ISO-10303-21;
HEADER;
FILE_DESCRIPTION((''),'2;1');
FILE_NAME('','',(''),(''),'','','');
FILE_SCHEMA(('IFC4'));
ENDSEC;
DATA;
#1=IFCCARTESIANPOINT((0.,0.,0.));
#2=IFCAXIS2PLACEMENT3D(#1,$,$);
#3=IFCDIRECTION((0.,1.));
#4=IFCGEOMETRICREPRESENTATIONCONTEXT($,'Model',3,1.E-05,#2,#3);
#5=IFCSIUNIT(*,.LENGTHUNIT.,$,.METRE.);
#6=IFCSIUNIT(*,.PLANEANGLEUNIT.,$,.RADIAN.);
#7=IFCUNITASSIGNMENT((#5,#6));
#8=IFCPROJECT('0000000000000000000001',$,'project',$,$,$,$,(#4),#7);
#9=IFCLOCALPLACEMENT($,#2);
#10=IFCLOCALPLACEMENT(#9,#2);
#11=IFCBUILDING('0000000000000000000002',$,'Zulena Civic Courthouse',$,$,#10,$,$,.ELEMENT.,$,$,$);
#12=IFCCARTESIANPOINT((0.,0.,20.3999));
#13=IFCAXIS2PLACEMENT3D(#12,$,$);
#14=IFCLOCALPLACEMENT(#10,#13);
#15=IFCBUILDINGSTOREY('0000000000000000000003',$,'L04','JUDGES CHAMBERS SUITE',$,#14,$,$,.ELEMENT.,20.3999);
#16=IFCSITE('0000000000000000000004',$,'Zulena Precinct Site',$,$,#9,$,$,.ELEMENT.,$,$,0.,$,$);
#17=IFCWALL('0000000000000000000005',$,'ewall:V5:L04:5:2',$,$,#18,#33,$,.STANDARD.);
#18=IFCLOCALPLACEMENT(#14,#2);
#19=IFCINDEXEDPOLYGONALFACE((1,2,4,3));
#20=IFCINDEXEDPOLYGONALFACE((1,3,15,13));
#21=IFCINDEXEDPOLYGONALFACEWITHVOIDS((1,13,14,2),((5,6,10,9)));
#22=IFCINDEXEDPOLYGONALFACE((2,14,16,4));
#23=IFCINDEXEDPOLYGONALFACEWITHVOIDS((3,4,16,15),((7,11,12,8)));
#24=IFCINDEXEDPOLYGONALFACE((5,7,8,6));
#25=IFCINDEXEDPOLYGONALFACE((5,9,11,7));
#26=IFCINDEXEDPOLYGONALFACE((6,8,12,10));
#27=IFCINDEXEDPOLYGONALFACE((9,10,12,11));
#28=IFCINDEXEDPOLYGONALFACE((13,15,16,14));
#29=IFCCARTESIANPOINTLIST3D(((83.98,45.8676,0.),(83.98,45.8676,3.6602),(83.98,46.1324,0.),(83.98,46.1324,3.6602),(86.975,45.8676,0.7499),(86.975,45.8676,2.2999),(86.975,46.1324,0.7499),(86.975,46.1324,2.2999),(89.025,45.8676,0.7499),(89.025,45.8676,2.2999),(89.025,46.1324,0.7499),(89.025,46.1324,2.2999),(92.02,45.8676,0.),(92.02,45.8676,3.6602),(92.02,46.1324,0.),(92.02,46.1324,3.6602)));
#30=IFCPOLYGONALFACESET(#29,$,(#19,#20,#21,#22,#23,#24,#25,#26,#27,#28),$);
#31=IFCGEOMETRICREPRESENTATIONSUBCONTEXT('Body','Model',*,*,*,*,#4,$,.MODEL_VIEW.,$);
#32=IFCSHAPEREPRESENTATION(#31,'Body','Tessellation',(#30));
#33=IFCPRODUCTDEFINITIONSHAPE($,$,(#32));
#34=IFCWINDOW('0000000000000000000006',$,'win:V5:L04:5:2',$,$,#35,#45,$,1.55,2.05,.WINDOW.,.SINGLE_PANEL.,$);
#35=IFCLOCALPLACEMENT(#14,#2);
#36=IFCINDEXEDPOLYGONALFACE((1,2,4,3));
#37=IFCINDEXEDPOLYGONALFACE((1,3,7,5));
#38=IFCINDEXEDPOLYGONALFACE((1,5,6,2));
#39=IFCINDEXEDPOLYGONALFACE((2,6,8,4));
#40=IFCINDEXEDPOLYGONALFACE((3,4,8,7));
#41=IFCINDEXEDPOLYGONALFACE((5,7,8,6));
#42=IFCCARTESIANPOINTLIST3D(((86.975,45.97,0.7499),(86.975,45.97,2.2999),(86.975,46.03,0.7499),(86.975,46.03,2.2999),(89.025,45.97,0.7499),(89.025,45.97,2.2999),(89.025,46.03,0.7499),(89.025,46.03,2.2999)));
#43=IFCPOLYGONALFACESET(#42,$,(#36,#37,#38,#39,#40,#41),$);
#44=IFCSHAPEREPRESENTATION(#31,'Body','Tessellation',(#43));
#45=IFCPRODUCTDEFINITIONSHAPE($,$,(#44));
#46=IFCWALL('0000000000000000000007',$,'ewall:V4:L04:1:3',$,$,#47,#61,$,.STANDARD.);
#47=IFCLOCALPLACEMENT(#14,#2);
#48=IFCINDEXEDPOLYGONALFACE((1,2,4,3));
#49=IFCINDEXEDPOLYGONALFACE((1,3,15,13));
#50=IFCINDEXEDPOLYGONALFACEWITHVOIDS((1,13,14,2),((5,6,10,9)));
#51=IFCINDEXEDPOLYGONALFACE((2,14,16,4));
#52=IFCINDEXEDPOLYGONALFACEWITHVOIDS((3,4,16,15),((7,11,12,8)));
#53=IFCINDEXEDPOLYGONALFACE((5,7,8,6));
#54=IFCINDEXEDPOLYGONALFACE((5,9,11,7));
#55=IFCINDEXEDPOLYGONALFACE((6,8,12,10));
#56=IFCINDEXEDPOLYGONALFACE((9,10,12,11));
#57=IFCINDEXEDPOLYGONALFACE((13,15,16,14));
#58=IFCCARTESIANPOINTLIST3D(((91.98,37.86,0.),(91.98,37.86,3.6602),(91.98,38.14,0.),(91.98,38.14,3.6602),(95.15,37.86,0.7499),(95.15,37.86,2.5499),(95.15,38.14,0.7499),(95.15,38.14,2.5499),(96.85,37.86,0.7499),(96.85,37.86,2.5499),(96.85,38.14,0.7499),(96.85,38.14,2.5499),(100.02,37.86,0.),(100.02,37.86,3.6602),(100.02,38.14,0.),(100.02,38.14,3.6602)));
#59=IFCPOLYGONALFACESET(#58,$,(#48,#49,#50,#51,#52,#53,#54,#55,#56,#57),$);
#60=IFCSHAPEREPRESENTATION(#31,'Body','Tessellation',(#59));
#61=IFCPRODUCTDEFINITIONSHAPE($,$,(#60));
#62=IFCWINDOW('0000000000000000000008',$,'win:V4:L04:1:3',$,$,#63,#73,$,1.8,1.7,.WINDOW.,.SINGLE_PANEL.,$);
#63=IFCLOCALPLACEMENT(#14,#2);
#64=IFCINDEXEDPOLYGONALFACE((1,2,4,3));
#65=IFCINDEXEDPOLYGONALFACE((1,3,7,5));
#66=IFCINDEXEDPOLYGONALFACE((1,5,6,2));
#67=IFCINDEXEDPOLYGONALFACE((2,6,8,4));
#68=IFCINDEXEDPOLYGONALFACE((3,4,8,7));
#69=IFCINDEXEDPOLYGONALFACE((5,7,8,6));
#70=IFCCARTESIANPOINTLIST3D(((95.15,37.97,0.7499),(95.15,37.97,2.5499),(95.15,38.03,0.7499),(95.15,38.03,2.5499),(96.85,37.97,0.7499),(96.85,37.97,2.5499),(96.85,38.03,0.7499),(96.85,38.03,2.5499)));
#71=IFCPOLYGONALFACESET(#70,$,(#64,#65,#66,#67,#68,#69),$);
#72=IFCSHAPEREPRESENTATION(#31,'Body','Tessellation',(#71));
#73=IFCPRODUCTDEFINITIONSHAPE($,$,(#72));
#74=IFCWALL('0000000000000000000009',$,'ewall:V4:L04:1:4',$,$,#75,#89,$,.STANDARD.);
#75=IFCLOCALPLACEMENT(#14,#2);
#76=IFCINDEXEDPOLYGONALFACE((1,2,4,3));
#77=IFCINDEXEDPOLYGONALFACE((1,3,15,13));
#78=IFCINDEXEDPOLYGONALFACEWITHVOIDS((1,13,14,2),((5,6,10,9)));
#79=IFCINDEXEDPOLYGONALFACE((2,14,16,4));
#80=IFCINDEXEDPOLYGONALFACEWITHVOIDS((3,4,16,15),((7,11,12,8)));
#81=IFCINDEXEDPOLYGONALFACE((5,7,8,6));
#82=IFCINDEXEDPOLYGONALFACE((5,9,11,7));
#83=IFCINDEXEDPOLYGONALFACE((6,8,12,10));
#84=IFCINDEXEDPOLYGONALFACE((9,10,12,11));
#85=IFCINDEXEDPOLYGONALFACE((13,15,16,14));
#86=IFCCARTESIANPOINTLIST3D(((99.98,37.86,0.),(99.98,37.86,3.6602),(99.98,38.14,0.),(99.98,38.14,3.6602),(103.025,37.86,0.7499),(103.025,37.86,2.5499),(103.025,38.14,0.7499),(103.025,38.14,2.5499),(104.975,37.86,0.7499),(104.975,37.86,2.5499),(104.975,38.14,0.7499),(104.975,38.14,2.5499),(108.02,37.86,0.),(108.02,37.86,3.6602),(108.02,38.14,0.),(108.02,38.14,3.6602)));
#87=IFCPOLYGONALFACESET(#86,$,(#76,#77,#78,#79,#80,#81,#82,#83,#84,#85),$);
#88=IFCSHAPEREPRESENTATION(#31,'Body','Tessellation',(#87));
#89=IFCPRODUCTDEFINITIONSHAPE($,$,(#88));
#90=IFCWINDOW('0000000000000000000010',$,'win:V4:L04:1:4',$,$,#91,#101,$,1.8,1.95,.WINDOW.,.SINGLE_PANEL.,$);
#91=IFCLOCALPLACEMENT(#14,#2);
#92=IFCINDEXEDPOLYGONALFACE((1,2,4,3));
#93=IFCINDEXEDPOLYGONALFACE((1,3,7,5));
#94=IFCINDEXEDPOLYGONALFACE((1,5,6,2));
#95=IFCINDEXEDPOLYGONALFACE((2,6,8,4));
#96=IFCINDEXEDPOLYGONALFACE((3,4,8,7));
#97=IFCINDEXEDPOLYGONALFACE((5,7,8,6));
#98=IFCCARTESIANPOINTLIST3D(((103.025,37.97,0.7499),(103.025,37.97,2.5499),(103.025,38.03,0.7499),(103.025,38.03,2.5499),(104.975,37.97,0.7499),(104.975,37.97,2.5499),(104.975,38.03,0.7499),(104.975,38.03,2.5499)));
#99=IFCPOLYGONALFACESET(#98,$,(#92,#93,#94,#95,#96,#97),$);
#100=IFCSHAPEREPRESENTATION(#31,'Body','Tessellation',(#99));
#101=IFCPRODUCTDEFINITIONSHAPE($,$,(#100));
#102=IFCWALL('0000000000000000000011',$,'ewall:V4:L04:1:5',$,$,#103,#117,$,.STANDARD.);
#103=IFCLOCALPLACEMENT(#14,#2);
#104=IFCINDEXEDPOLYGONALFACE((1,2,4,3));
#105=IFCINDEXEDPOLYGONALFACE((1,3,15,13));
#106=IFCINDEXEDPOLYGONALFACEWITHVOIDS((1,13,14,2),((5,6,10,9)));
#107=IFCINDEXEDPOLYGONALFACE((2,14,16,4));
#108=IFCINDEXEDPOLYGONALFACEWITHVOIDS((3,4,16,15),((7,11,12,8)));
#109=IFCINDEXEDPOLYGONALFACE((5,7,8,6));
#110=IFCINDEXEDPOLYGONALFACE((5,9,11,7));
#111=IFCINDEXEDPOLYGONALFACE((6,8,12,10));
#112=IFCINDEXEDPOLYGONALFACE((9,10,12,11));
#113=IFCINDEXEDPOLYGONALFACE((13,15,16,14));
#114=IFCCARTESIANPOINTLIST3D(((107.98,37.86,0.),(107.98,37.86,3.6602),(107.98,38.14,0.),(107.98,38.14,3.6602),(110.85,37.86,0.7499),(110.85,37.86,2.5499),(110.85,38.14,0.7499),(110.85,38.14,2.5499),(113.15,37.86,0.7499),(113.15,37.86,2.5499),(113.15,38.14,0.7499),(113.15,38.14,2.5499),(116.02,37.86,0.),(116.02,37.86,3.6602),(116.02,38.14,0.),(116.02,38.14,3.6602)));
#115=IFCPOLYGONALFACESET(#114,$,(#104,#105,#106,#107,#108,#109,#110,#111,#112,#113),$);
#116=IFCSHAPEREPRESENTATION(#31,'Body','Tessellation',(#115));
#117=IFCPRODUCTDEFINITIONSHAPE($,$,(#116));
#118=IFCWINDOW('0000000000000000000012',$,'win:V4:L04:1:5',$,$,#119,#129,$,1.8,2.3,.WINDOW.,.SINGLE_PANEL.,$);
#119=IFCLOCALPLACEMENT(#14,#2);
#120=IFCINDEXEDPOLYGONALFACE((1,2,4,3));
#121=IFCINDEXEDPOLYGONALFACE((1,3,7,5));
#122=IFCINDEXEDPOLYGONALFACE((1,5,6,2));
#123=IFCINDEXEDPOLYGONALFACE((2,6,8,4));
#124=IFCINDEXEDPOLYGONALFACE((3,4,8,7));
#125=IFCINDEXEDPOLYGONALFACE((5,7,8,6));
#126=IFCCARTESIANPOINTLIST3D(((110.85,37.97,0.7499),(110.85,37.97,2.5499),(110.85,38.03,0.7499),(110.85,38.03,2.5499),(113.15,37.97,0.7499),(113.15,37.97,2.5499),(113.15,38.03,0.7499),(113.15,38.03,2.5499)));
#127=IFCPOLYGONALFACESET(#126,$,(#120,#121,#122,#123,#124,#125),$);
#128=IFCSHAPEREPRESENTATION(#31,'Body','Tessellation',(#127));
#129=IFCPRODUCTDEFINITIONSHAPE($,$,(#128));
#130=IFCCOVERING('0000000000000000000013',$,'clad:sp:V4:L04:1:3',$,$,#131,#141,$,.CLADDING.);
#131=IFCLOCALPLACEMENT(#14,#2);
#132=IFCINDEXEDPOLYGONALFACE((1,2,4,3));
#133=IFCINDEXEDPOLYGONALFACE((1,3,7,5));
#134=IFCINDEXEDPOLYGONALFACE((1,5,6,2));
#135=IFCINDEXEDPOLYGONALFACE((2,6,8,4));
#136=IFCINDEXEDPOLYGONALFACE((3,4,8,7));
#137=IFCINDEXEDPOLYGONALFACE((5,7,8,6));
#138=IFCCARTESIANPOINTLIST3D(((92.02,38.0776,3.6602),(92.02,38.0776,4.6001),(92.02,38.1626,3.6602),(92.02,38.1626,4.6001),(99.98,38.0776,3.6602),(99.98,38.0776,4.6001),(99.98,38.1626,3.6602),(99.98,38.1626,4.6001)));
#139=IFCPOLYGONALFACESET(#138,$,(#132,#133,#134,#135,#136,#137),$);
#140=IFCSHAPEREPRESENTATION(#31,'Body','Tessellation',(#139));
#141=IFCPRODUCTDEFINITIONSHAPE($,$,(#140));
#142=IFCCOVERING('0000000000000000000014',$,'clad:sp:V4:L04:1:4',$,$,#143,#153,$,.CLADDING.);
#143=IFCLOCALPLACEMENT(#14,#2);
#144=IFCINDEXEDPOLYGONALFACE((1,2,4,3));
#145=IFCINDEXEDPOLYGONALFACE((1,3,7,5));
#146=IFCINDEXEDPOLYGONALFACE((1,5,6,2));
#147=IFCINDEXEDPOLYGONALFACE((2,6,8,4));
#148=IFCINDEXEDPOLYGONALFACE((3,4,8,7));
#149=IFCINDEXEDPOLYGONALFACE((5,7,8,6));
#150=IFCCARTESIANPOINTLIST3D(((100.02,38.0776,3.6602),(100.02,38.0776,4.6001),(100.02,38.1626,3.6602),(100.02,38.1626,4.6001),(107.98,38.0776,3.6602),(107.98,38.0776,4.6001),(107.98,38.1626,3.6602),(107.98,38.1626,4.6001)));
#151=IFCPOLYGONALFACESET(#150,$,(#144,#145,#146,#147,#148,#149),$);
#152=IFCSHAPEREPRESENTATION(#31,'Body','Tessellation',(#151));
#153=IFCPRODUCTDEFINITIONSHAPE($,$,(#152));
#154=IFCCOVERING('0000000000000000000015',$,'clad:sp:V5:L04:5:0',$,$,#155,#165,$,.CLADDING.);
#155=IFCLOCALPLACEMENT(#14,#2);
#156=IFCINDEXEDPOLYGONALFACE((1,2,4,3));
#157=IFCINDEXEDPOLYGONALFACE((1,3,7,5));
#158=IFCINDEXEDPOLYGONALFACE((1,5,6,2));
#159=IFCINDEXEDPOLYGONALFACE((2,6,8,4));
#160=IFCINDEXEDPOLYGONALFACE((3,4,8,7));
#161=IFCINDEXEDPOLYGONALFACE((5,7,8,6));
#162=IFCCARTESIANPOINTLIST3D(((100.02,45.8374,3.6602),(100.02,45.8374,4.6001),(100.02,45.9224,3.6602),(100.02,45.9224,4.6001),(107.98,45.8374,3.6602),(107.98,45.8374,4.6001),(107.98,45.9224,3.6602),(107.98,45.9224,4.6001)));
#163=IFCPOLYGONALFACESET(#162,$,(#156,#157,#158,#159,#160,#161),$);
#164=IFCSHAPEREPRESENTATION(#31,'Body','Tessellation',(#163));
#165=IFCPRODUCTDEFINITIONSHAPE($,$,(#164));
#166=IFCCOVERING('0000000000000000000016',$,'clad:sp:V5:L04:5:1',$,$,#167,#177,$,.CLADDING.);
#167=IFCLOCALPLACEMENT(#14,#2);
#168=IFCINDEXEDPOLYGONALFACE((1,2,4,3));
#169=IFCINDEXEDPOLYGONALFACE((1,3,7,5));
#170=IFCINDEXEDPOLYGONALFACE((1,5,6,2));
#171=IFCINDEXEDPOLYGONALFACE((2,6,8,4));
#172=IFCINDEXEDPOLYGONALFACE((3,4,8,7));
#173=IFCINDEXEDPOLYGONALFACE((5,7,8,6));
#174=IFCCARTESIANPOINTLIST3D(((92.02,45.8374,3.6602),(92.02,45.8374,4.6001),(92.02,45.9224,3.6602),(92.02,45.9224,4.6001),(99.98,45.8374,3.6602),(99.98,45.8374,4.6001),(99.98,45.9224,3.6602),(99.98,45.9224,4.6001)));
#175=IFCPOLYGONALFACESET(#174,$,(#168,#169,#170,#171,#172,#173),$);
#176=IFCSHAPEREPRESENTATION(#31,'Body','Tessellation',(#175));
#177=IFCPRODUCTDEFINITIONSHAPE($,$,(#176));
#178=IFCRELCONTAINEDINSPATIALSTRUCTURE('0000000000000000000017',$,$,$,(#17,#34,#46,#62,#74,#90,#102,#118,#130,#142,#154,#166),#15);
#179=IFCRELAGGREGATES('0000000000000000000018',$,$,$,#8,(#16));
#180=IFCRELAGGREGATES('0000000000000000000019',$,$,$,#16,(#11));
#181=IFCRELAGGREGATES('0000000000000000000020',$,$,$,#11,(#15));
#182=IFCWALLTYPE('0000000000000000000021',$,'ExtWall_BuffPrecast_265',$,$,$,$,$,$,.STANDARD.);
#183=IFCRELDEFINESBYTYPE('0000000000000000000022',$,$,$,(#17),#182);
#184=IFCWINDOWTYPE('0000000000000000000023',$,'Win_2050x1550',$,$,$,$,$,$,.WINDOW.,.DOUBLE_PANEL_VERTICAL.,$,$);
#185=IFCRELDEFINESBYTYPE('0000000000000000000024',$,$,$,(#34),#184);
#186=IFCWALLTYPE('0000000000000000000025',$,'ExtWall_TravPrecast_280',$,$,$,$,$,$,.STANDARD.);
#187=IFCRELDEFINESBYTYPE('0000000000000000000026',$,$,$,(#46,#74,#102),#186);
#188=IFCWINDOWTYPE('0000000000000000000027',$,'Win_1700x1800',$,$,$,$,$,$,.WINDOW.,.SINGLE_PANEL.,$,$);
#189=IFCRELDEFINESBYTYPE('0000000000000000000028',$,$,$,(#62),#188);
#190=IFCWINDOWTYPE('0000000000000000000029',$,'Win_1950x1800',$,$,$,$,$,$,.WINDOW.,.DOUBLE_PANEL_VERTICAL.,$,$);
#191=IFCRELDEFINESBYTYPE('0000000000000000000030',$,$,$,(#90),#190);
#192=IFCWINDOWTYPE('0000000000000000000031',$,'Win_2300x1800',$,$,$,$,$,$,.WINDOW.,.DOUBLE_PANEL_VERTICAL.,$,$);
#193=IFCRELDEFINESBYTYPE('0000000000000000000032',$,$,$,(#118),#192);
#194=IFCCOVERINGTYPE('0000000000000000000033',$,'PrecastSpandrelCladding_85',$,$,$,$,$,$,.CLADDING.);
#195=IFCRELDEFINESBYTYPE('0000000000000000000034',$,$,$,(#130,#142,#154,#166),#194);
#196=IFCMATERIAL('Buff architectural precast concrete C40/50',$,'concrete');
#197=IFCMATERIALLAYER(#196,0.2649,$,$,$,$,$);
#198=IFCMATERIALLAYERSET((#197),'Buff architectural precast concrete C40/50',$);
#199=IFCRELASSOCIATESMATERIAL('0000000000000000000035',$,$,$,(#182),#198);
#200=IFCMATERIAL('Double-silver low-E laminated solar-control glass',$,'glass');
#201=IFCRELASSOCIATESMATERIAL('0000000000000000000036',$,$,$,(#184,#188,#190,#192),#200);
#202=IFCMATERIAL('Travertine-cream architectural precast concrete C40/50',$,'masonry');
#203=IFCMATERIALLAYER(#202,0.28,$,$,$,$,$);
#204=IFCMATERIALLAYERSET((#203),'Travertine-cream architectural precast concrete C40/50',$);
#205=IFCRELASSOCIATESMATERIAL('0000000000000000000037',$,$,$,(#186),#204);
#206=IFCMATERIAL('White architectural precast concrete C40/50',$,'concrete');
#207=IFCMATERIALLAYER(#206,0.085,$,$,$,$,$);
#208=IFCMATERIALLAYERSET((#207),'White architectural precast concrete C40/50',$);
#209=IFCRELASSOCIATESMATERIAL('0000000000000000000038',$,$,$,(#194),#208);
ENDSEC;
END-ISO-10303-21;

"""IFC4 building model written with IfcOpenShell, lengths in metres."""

from ifc_helpers import new_model, si_unit, direction, frame, frame_2d, origin, origin_2d, place, context, subcontext, project, spatial, rectangle, extrude, material, layer, layer_set, type_object, element, fill, save


model = new_model("IFC4")

# Units and contexts
model_context = context("Model", 3, precision=1e-05, world=origin(), true_north=direction((0.0, 1.0)))
body_context = subcontext(model_context, "Body", "Model", "MODEL_VIEW")
ifc_project = project(units=[si_unit("LENGTHUNIT", "METRE"), si_unit("PLANEANGLEUNIT", "RADIAN")], contexts=[model_context])

# Site, building, storey
site_placement = place(None, origin())
site = spatial("IfcSite", under=ifc_project, at=site_placement, Name="Zulena Precinct Site", CompositionType="ELEMENT", RefElevation=0.0)
building_placement = place(site_placement, origin())
building = spatial("IfcBuilding", under=site, at=building_placement, Name="Zulena Civic Courthouse", CompositionType="ELEMENT")
storey_placement = place(building_placement, frame((0.0, 0.0, 20.3999)))
storey = spatial("IfcBuildingStorey", under=building, at=storey_placement, Name="L04", Description="JUDGES CHAMBERS SUITE", CompositionType="ELEMENT", Elevation=20.3999)

# Walls, openings, windows
ifc_material_1 = material(Name="Buff architectural precast concrete C40/50", Category="concrete")
ifc_layer_1 = layer(ifc_material_1, 0.2649)
ifc_layer_set_1 = layer_set([ifc_layer_1], Name="Buff architectural precast concrete C40/50")
wall_type_1 = type_object("IfcWallType", Name="ExtWall_BuffPrecast_265", PredefinedType="STANDARD", material=ifc_layer_set_1)
ifc_material_2 = material(Name="Double-silver low-E laminated solar-control glass", Category="glass")
wall_1_placement = place(storey_placement, frame((92.02, 46.0, 0.0), z_axis=(0.0, 0.0, 1.0), x_axis=(-1.0, 0.0, 0.0)))
wall_1 = element("IfcWall", 1, at=wall_1_placement, inside=storey, type_object=wall_type_1, Name="ewall:V5:L04:5:2", PredefinedType="STANDARD", context=body_context, shape_type="SweptSolid", body=[
    extrude(rectangle(XDim=8.04, YDim=0.2649, at=frame_2d((4.02, 0.0))), origin(), (0.0, 0.0, 1.0), 3.6602),
])
opening_1_placement = place(wall_1_placement, frame((2.9951, 0.0, 0.75)))
opening_1 = element("IfcOpeningElement", 2, at=opening_1_placement, cuts=wall_1, PredefinedType="OPENING", context=body_context, shape_type="SweptSolid", body=[
    extrude(rectangle(XDim=2.05, YDim=1.55, at=frame_2d((1.0249, 0.7749))), frame((0.0, 0.1423, 0.0), z_axis=(0.0, -1.0, 0.0), x_axis=(1.0, 0.0, 0.0)), (0.0, 0.0, 1.0), 0.2849),
])
window_type_1 = type_object("IfcWindowType", Name="Win_2050x1550", PartitioningType="DOUBLE_PANEL_VERTICAL", PredefinedType="WINDOW", material=ifc_material_2)
window_1_placement = place(opening_1_placement, origin())
window_1 = element("IfcWindow", 3, at=window_1_placement, inside=storey, type_object=window_type_1, Name="win:V5:L04:5:2", OverallHeight=1.55, OverallWidth=2.05, PartitioningType="SINGLE_PANEL", PredefinedType="WINDOW", context=body_context, shape_type="SweptSolid", body=[
    extrude(rectangle(XDim=2.05, YDim=1.55, at=frame_2d((1.0249, 0.7749))), frame((0.0, 0.03, 0.0), z_axis=(0.0, -1.0, 0.0), x_axis=(1.0, 0.0, 0.0)), (0.0, 0.0, 1.0), 0.0601),
])
fill(opening_1, window_1)
ifc_material_3 = material(Name="Travertine-cream architectural precast concrete C40/50", Category="masonry")
ifc_layer_2 = layer(ifc_material_3, 0.28)
ifc_layer_set_2 = layer_set([ifc_layer_2], Name="Travertine-cream architectural precast concrete C40/50")
wall_type_2 = type_object("IfcWallType", Name="ExtWall_TravPrecast_280", PredefinedType="STANDARD", material=ifc_layer_set_2)
wall_2_placement = place(storey_placement, frame((91.98, 38.0, 0.0), z_axis=(0.0, 0.0, 1.0), x_axis=(1.0, 0.0, 0.0)))
wall_2 = element("IfcWall", 4, at=wall_2_placement, inside=storey, type_object=wall_type_2, Name="ewall:V4:L04:1:3", PredefinedType="STANDARD", context=body_context, shape_type="SweptSolid", body=[
    extrude(rectangle(XDim=8.04, YDim=0.28, at=frame_2d((4.02, 0.0))), origin(), (0.0, 0.0, 1.0), 3.6602),
])
opening_2_placement = place(wall_2_placement, frame((3.1699, 0.0, 0.75)))
opening_2 = element("IfcOpeningElement", 5, at=opening_2_placement, cuts=wall_2, PredefinedType="OPENING", context=body_context, shape_type="SweptSolid", body=[
    extrude(rectangle(XDim=1.7, YDim=1.8, at=frame_2d((0.8501, 0.8999))), frame((0.0, 0.1499, 0.0), z_axis=(0.0, -1.0, 0.0), x_axis=(1.0, 0.0, 0.0)), (0.0, 0.0, 1.0), 0.3),
])
window_type_2 = type_object("IfcWindowType", Name="Win_1700x1800", PartitioningType="SINGLE_PANEL", PredefinedType="WINDOW", material=ifc_material_2)
window_2_placement = place(opening_2_placement, origin())
window_2 = element("IfcWindow", 6, at=window_2_placement, inside=storey, type_object=window_type_2, Name="win:V4:L04:1:3", OverallHeight=1.8, OverallWidth=1.7, PartitioningType="SINGLE_PANEL", PredefinedType="WINDOW", context=body_context, shape_type="SweptSolid", body=[
    extrude(rectangle(XDim=1.7, YDim=1.8, at=frame_2d((0.8501, 0.8999))), frame((0.0, 0.03, 0.0), z_axis=(0.0, -1.0, 0.0), x_axis=(1.0, 0.0, 0.0)), (0.0, 0.0, 1.0), 0.0601),
])
fill(opening_2, window_2)
wall_3_placement = place(storey_placement, frame((99.98, 38.0, 0.0), z_axis=(0.0, 0.0, 1.0), x_axis=(1.0, 0.0, 0.0)))
wall_3 = element("IfcWall", 7, at=wall_3_placement, inside=storey, type_object=wall_type_2, Name="ewall:V4:L04:1:4", PredefinedType="STANDARD", context=body_context, shape_type="SweptSolid", body=[
    extrude(rectangle(XDim=8.04, YDim=0.28, at=frame_2d((4.02, 0.0))), origin(), (0.0, 0.0, 1.0), 3.6602),
])
opening_3_placement = place(wall_3_placement, frame((3.0449, 0.0, 0.75)))
opening_3 = element("IfcOpeningElement", 8, at=opening_3_placement, cuts=wall_3, PredefinedType="OPENING", context=body_context, shape_type="SweptSolid", body=[
    extrude(rectangle(XDim=1.95, YDim=1.8, at=frame_2d((0.9751, 0.8999))), frame((0.0, 0.1499, 0.0), z_axis=(0.0, -1.0, 0.0), x_axis=(1.0, 0.0, 0.0)), (0.0, 0.0, 1.0), 0.3),
])
window_type_3 = type_object("IfcWindowType", Name="Win_1950x1800", PartitioningType="DOUBLE_PANEL_VERTICAL", PredefinedType="WINDOW", material=ifc_material_2)
window_3_placement = place(opening_3_placement, origin())
window_3 = element("IfcWindow", 9, at=window_3_placement, inside=storey, type_object=window_type_3, Name="win:V4:L04:1:4", OverallHeight=1.8, OverallWidth=1.95, PartitioningType="SINGLE_PANEL", PredefinedType="WINDOW", context=body_context, shape_type="SweptSolid", body=[
    extrude(rectangle(XDim=1.95, YDim=1.8, at=frame_2d((0.9751, 0.8999))), frame((0.0, 0.03, 0.0), z_axis=(0.0, -1.0, 0.0), x_axis=(1.0, 0.0, 0.0)), (0.0, 0.0, 1.0), 0.0601),
])
fill(opening_3, window_3)
wall_4_placement = place(storey_placement, frame((107.98, 38.0, 0.0), z_axis=(0.0, 0.0, 1.0), x_axis=(1.0, 0.0, 0.0)))
wall_4 = element("IfcWall", 10, at=wall_4_placement, inside=storey, type_object=wall_type_2, Name="ewall:V4:L04:1:5", PredefinedType="STANDARD", context=body_context, shape_type="SweptSolid", body=[
    extrude(rectangle(XDim=8.04, YDim=0.28, at=frame_2d((4.02, 0.0))), origin(), (0.0, 0.0, 1.0), 3.6602),
])
opening_4_placement = place(wall_4_placement, frame((2.8701, 0.0, 0.75)))
opening_4 = element("IfcOpeningElement", 11, at=opening_4_placement, cuts=wall_4, PredefinedType="OPENING", context=body_context, shape_type="SweptSolid", body=[
    extrude(rectangle(XDim=2.3, YDim=1.8, at=frame_2d((1.1499, 0.8999))), frame((0.0, 0.1499, 0.0), z_axis=(0.0, -1.0, 0.0), x_axis=(1.0, 0.0, 0.0)), (0.0, 0.0, 1.0), 0.3),
])
window_type_4 = type_object("IfcWindowType", Name="Win_2300x1800", PartitioningType="DOUBLE_PANEL_VERTICAL", PredefinedType="WINDOW", material=ifc_material_2)
window_4_placement = place(opening_4_placement, origin())
window_4 = element("IfcWindow", 12, at=window_4_placement, inside=storey, type_object=window_type_4, Name="win:V4:L04:1:5", OverallHeight=1.8, OverallWidth=2.3, PartitioningType="SINGLE_PANEL", PredefinedType="WINDOW", context=body_context, shape_type="SweptSolid", body=[
    extrude(rectangle(XDim=2.3, YDim=1.8, at=frame_2d((1.1499, 0.8999))), frame((0.0, 0.03, 0.0), z_axis=(0.0, -1.0, 0.0), x_axis=(1.0, 0.0, 0.0)), (0.0, 0.0, 1.0), 0.0601),
])
fill(opening_4, window_4)

# Coverings
ifc_material_4 = material(Name="White architectural precast concrete C40/50", Category="concrete")
ifc_layer_3 = layer(ifc_material_4, 0.085)
ifc_layer_set_3 = layer_set([ifc_layer_3], Name="White architectural precast concrete C40/50")
covering_type = type_object("IfcCoveringType", Name="PrecastSpandrelCladding_85", PredefinedType="CLADDING", material=ifc_layer_set_3)
for number, where, z_axis, x_axis, name in (
    (13, (96.0, 38.1201, 3.6602), (0.0, 0.0, 1.0), (1.0, 0.0, 0.0), "clad:sp:V4:L04:1:3"),
    (14, (104.0, 38.1201, 3.6602), (0.0, 0.0, 1.0), (1.0, 0.0, 0.0), "clad:sp:V4:L04:1:4"),
    (15, (104.0, 45.8799, 3.6602), (0.0, 0.0, 1.0), (-1.0, 0.0, 0.0), "clad:sp:V5:L04:5:0"),
    (16, (96.0, 45.8799, 3.6602), (0.0, 0.0, 1.0), (-1.0, 0.0, 0.0), "clad:sp:V5:L04:5:1"),
):
    element("IfcCovering", number, at=place(storey_placement, frame(where, z_axis=z_axis, x_axis=x_axis)), inside=storey, type_object=covering_type, Name=name, PredefinedType="CLADDING", context=body_context, shape_type="SweptSolid", body=[
        extrude(rectangle(XDim=7.96, YDim=0.085, at=origin_2d()), origin(), (0.0, 0.0, 1.0), 0.9399),
    ])

save(model, "model.ifc")
